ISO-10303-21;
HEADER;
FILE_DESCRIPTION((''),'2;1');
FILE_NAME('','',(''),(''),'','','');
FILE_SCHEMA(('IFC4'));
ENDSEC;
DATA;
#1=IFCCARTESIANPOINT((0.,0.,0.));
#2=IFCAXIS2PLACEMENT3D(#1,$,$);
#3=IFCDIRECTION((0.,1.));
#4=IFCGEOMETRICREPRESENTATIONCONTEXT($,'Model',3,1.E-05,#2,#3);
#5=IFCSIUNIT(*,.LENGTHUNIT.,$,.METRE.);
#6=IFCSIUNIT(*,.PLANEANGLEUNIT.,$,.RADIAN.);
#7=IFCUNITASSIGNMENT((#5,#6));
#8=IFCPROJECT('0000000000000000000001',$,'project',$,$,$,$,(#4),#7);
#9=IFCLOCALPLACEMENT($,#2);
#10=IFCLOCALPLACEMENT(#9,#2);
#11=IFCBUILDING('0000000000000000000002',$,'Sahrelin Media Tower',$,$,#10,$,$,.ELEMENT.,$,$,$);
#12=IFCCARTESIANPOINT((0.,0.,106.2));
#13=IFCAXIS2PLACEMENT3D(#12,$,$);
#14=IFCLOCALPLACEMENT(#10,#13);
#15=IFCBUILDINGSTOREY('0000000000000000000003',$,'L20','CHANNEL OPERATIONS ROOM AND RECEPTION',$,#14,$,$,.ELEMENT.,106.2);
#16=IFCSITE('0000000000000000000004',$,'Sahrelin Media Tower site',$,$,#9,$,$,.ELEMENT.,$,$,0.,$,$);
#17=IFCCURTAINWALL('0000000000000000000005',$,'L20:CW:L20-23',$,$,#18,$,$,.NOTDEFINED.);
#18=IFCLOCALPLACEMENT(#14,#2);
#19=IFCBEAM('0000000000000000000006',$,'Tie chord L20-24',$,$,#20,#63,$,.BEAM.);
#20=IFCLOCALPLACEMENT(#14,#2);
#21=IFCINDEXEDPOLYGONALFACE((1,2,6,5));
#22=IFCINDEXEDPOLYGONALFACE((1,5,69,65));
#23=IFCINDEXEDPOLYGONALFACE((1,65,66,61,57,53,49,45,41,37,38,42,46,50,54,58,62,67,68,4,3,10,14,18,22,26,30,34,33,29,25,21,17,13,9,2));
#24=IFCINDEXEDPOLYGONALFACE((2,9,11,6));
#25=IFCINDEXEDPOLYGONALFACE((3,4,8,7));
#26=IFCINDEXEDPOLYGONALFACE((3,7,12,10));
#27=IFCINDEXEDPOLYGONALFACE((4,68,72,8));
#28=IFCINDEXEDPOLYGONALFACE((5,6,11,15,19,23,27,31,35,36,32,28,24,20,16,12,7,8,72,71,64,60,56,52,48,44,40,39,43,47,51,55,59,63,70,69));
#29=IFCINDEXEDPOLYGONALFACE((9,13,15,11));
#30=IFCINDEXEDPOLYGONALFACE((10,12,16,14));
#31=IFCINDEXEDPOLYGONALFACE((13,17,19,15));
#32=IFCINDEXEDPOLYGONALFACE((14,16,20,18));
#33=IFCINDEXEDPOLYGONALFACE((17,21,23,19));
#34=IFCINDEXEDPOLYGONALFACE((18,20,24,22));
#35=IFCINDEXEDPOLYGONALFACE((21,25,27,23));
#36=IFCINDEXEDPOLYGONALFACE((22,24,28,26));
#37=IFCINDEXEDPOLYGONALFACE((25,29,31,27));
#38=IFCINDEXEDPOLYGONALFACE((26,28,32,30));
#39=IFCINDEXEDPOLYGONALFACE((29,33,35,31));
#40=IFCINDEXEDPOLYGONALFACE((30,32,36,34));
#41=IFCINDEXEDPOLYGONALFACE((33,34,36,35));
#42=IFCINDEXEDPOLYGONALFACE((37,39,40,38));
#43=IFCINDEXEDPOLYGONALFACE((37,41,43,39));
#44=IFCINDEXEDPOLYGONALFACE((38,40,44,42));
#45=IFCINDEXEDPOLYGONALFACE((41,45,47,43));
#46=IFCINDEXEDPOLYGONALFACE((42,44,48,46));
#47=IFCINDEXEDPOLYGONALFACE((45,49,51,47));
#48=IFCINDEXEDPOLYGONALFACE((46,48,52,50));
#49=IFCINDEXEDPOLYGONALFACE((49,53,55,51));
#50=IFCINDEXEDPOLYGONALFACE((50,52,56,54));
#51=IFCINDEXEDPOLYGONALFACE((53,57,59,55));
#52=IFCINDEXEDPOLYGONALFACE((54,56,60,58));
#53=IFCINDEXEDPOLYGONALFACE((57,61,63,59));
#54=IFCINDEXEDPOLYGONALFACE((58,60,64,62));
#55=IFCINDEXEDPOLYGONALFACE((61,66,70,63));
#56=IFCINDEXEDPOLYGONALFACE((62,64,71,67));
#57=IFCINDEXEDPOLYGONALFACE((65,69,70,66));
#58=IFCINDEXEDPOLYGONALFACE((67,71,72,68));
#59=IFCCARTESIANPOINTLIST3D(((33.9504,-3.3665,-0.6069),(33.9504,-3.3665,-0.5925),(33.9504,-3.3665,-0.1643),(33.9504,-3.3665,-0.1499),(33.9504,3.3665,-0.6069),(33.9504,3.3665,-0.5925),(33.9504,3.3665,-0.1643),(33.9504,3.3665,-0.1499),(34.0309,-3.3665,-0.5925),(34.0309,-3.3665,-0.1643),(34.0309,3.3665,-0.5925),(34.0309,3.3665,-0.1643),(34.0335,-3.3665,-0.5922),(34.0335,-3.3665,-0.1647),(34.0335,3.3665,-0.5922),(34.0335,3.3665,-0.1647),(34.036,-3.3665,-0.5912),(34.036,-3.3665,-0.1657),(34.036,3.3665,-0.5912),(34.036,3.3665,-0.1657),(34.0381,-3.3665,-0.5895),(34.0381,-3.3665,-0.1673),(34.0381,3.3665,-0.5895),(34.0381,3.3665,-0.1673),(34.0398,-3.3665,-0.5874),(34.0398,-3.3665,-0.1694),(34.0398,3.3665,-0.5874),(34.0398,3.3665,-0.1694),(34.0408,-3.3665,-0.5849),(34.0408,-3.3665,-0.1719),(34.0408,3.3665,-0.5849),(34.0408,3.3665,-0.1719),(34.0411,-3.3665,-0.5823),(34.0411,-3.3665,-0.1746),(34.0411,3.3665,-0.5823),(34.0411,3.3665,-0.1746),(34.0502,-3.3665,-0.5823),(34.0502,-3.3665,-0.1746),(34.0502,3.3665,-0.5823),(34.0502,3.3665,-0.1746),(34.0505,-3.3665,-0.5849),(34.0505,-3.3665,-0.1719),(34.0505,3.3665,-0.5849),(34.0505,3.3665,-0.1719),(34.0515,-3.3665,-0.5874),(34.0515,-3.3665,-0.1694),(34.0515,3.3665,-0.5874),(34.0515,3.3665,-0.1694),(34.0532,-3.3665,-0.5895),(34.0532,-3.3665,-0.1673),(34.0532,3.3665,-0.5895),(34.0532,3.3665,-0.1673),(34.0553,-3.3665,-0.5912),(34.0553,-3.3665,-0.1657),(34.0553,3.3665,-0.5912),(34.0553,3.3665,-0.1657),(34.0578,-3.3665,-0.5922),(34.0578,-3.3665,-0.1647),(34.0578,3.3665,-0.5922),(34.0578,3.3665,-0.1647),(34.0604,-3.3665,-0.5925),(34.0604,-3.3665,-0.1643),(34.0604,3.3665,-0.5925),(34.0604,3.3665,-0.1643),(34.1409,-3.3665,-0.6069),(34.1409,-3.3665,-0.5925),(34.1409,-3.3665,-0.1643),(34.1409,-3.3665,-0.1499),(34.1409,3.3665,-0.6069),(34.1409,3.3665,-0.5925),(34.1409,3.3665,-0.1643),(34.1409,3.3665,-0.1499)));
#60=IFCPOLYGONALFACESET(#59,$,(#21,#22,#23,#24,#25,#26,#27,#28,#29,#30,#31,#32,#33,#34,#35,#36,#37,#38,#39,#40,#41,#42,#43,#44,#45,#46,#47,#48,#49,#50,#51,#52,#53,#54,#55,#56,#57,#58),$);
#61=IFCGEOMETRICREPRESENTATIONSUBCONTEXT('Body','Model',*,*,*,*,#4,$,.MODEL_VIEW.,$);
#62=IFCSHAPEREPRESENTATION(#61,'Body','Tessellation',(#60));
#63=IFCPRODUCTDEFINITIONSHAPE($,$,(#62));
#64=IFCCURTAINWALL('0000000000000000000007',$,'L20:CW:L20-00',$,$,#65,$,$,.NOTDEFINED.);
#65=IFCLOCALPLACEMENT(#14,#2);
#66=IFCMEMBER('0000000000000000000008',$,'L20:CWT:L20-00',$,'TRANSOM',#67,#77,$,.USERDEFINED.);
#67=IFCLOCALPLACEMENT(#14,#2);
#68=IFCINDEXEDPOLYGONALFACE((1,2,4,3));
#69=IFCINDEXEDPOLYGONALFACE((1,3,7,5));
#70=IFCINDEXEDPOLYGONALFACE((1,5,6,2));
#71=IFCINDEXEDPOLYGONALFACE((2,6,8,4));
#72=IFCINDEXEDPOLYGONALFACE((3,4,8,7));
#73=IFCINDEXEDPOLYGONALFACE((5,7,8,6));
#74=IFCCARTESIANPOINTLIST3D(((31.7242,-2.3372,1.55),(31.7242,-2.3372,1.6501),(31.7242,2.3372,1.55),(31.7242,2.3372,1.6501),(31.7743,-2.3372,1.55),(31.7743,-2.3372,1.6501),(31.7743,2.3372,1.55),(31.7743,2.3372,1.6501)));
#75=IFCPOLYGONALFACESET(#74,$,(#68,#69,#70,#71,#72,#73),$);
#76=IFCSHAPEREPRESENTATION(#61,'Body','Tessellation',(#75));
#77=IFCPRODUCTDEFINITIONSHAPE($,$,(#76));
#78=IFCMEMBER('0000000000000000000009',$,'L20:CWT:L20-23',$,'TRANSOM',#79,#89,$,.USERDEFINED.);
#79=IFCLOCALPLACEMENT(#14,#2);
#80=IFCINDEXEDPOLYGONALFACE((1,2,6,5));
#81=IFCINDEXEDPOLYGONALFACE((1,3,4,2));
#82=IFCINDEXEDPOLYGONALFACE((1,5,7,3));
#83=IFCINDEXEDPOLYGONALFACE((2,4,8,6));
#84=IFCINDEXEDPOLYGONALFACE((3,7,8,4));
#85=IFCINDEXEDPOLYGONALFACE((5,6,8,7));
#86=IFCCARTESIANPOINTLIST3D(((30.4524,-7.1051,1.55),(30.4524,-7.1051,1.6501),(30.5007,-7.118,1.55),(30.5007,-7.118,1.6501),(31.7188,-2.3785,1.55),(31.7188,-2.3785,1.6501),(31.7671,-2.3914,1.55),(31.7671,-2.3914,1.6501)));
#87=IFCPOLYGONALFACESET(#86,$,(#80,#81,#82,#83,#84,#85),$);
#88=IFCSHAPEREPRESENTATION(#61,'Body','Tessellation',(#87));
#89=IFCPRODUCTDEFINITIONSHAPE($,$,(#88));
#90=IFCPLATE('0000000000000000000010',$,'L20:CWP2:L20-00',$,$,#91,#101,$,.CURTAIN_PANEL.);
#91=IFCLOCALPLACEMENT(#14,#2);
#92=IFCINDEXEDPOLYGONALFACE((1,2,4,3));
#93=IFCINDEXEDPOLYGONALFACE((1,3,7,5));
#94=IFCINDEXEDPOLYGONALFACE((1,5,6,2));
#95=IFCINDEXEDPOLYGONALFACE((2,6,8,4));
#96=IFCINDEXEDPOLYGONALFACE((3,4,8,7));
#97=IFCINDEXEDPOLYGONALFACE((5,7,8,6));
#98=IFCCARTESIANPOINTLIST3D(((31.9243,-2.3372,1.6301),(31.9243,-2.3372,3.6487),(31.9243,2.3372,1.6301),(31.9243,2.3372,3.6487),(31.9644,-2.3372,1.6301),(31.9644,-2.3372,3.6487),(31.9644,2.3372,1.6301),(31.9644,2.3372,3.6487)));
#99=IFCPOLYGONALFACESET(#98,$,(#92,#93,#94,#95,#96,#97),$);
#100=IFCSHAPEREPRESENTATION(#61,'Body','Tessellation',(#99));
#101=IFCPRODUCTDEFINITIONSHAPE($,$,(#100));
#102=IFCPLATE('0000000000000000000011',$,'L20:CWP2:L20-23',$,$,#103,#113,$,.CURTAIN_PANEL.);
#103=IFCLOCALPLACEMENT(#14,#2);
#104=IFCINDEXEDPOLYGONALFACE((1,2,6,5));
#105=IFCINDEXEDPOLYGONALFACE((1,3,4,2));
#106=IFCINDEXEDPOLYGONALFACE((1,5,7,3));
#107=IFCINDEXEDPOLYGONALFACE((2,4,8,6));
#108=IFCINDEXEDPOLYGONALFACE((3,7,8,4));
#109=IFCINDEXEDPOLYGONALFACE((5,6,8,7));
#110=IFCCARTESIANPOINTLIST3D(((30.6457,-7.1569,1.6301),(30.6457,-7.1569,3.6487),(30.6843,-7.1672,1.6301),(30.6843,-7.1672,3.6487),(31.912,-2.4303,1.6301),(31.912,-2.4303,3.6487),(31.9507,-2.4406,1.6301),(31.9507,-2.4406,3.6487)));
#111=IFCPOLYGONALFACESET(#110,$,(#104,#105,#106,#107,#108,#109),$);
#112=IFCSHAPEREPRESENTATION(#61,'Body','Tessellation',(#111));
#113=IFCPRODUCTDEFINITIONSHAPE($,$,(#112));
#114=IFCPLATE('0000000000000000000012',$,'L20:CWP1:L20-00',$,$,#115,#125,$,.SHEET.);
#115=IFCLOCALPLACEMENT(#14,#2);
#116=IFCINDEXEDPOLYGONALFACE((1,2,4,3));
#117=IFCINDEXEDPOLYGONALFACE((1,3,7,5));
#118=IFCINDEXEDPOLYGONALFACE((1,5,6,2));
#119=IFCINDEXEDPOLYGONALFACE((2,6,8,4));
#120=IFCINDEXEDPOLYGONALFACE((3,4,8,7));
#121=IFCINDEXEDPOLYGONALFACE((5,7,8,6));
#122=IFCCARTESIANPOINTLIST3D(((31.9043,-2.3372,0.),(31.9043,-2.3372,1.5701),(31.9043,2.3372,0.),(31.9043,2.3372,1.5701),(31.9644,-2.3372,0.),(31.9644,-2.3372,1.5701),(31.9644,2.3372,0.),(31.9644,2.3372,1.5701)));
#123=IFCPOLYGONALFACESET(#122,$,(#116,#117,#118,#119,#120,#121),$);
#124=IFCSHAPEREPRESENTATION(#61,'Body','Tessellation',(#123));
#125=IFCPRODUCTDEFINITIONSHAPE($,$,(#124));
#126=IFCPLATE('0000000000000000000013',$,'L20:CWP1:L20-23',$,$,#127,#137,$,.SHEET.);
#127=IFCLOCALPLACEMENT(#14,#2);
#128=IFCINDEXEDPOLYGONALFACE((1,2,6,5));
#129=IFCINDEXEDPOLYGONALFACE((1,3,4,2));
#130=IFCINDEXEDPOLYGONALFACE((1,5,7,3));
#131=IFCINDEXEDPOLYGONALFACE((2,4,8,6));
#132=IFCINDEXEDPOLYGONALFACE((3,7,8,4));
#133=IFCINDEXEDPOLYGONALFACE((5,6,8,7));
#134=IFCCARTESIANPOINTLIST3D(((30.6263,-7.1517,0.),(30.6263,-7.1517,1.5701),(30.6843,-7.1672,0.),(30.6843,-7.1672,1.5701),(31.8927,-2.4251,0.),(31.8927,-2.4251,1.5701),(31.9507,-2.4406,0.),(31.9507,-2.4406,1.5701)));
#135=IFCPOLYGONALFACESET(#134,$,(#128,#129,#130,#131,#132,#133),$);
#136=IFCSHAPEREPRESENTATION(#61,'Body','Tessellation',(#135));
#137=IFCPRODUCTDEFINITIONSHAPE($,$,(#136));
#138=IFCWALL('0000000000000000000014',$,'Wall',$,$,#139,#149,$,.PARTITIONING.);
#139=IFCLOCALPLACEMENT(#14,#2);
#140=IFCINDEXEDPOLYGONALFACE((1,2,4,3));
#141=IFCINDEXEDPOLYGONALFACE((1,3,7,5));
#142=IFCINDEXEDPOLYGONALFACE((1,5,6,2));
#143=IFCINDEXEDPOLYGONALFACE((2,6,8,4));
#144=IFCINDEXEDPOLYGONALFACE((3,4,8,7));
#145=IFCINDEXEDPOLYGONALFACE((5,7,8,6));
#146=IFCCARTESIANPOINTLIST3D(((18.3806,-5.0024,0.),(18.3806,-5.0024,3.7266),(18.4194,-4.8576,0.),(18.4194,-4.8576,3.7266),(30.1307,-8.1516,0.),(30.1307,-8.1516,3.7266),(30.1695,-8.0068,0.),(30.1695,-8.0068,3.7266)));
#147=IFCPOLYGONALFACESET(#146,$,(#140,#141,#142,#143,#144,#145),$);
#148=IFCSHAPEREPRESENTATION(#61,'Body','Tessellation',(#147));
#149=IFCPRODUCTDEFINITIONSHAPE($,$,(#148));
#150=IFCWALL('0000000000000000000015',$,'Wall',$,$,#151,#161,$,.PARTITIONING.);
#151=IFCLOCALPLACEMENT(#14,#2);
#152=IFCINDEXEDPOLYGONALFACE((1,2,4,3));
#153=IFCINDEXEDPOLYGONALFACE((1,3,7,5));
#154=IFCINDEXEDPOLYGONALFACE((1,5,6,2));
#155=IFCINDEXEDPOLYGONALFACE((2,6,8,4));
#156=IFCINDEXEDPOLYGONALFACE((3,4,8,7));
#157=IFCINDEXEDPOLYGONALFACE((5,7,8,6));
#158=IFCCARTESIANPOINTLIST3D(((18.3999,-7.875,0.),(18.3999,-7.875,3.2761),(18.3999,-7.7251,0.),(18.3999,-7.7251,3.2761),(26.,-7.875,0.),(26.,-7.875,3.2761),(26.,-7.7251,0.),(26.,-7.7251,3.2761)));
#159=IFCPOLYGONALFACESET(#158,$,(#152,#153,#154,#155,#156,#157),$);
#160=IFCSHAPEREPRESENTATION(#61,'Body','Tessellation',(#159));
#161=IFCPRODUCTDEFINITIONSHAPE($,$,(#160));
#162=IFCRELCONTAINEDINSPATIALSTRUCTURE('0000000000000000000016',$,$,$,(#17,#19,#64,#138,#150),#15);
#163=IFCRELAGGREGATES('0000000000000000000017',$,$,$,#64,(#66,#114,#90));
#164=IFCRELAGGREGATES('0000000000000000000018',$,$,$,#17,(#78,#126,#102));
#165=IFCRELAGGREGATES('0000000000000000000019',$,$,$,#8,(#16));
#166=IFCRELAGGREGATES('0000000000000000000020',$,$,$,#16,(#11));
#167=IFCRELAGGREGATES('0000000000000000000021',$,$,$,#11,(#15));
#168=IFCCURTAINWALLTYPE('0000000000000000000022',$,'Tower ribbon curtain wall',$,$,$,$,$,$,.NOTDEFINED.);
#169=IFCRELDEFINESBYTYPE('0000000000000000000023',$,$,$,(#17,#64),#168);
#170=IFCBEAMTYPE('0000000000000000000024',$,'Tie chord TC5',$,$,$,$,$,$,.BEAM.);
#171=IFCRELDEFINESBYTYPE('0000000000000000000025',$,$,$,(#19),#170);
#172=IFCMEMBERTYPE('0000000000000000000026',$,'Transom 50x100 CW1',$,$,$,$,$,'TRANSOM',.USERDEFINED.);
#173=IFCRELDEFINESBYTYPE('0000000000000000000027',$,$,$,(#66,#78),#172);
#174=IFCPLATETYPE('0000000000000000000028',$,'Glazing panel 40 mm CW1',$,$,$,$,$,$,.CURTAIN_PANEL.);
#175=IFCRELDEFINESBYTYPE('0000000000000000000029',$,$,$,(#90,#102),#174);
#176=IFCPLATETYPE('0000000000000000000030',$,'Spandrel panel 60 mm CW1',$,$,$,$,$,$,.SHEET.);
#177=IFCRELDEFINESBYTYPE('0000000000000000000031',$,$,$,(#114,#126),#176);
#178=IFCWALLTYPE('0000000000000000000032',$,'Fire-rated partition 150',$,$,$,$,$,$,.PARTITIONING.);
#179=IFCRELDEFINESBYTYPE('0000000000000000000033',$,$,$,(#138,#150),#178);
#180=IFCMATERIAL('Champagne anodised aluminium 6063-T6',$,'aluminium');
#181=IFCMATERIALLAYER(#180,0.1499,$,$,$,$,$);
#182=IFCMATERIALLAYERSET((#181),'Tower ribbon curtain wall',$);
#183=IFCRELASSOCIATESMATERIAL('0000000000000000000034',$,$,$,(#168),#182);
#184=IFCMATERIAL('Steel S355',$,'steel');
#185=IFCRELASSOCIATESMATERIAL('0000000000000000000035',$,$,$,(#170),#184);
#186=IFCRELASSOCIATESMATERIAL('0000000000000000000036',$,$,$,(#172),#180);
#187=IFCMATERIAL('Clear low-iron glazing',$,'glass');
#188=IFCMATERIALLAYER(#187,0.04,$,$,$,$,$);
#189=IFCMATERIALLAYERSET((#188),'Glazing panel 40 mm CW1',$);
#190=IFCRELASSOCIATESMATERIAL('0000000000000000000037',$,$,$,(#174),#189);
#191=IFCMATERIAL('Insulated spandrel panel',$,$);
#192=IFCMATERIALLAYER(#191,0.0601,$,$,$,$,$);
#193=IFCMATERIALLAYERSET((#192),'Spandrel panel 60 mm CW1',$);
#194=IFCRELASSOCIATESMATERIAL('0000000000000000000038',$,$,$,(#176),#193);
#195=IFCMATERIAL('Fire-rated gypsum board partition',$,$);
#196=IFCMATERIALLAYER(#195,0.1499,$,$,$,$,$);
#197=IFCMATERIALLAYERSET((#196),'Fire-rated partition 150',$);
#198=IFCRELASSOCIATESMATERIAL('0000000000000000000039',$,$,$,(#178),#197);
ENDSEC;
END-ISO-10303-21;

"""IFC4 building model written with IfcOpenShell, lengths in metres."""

from ifc_helpers import new_model, si_unit, direction, frame, frame_2d, origin, origin_2d, place, context, subcontext, project, spatial, polyline, rectangle, i_section, outline, extrude, material, layer, layer_set, material_profile, profile_set, type_object, element, aggregate, save


model = new_model("IFC4")

# Units and contexts
model_context = context("Model", 3, precision=1e-05, world=origin(), true_north=direction((0.0, 1.0)))
body_context = subcontext(model_context, "Body", "Model", "MODEL_VIEW")
ifc_project = project(units=[si_unit("LENGTHUNIT", "METRE"), si_unit("PLANEANGLEUNIT", "RADIAN")], contexts=[model_context])

# Site, building, storey
site_placement = place(None, origin())
site = spatial("IfcSite", under=ifc_project, at=site_placement, Name="Sahrelin Media Tower site", CompositionType="ELEMENT", RefElevation=0.0)
building_placement = place(site_placement, origin())
building = spatial("IfcBuilding", under=site, at=building_placement, Name="Sahrelin Media Tower", CompositionType="ELEMENT")
storey_placement = place(building_placement, frame((0.0, 0.0, 106.2)))
storey = spatial("IfcBuildingStorey", under=building, at=storey_placement, Name="L20", Description="CHANNEL OPERATIONS ROOM AND RECEPTION", CompositionType="ELEMENT", Elevation=106.2)

# Shared definitions
ifc_material_1 = material(Name="Steel S355", Category="steel")

# Curtain wall
ifc_material_2 = material(Name="Champagne anodised aluminium 6063-T6", Category="aluminium")
ifc_layer_1 = layer(ifc_material_2, 0.1499)
ifc_layer_set_1 = layer_set([ifc_layer_1], Name="Tower ribbon curtain wall")
curtain_wall_type = type_object("IfcCurtainWallType", Name="Tower ribbon curtain wall", PredefinedType="NOTDEFINED", material=ifc_layer_set_1)
curtain_wall_1_placement = place(storey_placement, frame((31.2981, -4.7986, 0.0), z_axis=(0.0, 0.0, 1.0), x_axis=(1.0, 0.0, 0.0)))
curtain_wall_1 = element("IfcCurtainWall", 1, at=curtain_wall_1_placement, inside=storey, type_object=curtain_wall_type, Name="L20:CW:L20-23", PredefinedType="NOTDEFINED")

# Beam
ifc_material_profile_1 = material_profile(ifc_material_1, i_section(OverallWidth=0.1904, OverallDepth=0.457, WebThickness=0.009, FlangeThickness=0.0144, FilletRadius=0.0103, at=origin_2d()), Name="UB 457x191x74")
ifc_profile_set_1 = profile_set([ifc_material_profile_1], Name="Steel S355")
beam_type_1 = type_object("IfcBeamType", Name="Tie chord TC5", PredefinedType="BEAM", material=ifc_profile_set_1)
beam_1_placement = place(storey_placement, frame((34.0457, -3.3665, -0.3784), z_axis=(0.0, 1.0, 0.0), x_axis=(-1.0, 0.0, 0.0)))
element("IfcBeam", 2, at=beam_1_placement, inside=storey, type_object=beam_type_1, Name="Tie chord L20-24", PredefinedType="BEAM", context=body_context, shape_type="SweptSolid", body=[
    extrude(i_section(OverallWidth=0.1904, OverallDepth=0.457, WebThickness=0.009, FlangeThickness=0.0144, FilletRadius=0.0103, at=origin_2d()), origin(), (0.0, 0.0, 1.0), 6.7329),
])

# Curtain wall, member
curtain_wall_2_placement = place(storey_placement, frame((31.9443, 0.0, 0.0), z_axis=(0.0, 0.0, 1.0), x_axis=(1.0, 0.0, 0.0)))
curtain_wall_2 = element("IfcCurtainWall", 3, at=curtain_wall_2_placement, inside=storey, type_object=curtain_wall_type, Name="L20:CW:L20-00", PredefinedType="NOTDEFINED")
ifc_material_profile_2 = material_profile(ifc_material_2, rectangle(XDim=0.05, YDim=0.1001, at=origin_2d()), Name="Transom 50x100")
ifc_profile_set_2 = profile_set([ifc_material_profile_2], Name="Champagne anodised aluminium 6063-T6")
member_type_1 = type_object("IfcMemberType", Name="Transom 50x100 CW1", ElementType="TRANSOM", PredefinedType="USERDEFINED", material=ifc_profile_set_2)
member_1_placement = place(storey_placement, frame((31.7493, -2.3372, 1.6001), z_axis=(0.0, 1.0, 0.0), x_axis=(-1.0, 0.0, 0.0)))
member_1 = element("IfcMember", 4, at=member_1_placement, type_object=member_type_1, Name="L20:CWT:L20-00", ObjectType="TRANSOM", PredefinedType="USERDEFINED", context=body_context, shape_type="SweptSolid", body=[
    extrude(rectangle(XDim=0.05, YDim=0.1001, at=origin_2d()), origin(), (0.0, 0.0, 1.0), 4.6743),
])

# Member
member_2_placement = place(storey_placement, frame((30.4766, -7.1116, 1.6001), z_axis=(0.258796, 0.965932, 0.0), x_axis=(-0.965932, 0.258796, 0.0)))
member_2 = element("IfcMember", 5, at=member_2_placement, type_object=member_type_1, Name="L20:CWT:L20-23", ObjectType="TRANSOM", PredefinedType="USERDEFINED", context=body_context, shape_type="SweptSolid", body=[
    extrude(rectangle(XDim=0.05, YDim=0.1001, at=origin_2d()), origin(), (0.0, 0.0, 1.0), 4.8933),
])

# Plates
ifc_material_3 = material(Name="Clear low-iron glazing", Category="glass")
ifc_layer_2 = layer(ifc_material_3, 0.04)
ifc_layer_set_2 = layer_set([ifc_layer_2], Name="Glazing panel 40 mm CW1")
plate_type_1 = type_object("IfcPlateType", Name="Glazing panel 40 mm CW1", PredefinedType="CURTAIN_PANEL", material=ifc_layer_set_2)
plate_1_placement = place(storey_placement, frame((31.9644, -2.3372, 1.6301), z_axis=(1.0, 0.0, 0.0), x_axis=(0.0, 1.0, 0.0)))
plate_1 = element("IfcPlate", 6, at=plate_1_placement, type_object=plate_type_1, Name="L20:CWP2:L20-00", PredefinedType="CURTAIN_PANEL", context=body_context, shape_type="SweptSolid", body=[
    extrude(outline(polyline([(0.0, 0.0), (4.6743, 0.0), (4.6743, 2.0186), (0.0, 2.0186), (0.0, 0.0)])), origin(), (0.0, 0.0, -1.0), 0.04),
])
plate_2_placement = place(storey_placement, frame((30.6843, -7.1672, 1.6301), z_axis=(0.965932, -0.258796, 0.0), x_axis=(0.258796, 0.965932, 0.0)))
plate_2 = element("IfcPlate", 7, at=plate_2_placement, type_object=plate_type_1, Name="L20:CWP2:L20-23", PredefinedType="CURTAIN_PANEL", context=body_context, shape_type="SweptSolid", body=[
    extrude(outline(polyline([(0.0, 0.0), (4.8933, 0.0), (4.8933, 2.0186), (0.0, 2.0186), (0.0, 0.0)])), origin(), (0.0, 0.0, -1.0), 0.04),
])
ifc_material_4 = material(Name="Insulated spandrel panel")
ifc_layer_3 = layer(ifc_material_4, 0.0601)
ifc_layer_set_3 = layer_set([ifc_layer_3], Name="Spandrel panel 60 mm CW1")
plate_type_2 = type_object("IfcPlateType", Name="Spandrel panel 60 mm CW1", PredefinedType="SHEET", material=ifc_layer_set_3)
plate_3_placement = place(storey_placement, frame((31.9644, -2.3372, 0.0), z_axis=(1.0, 0.0, 0.0), x_axis=(0.0, 1.0, 0.0)))
plate_3 = element("IfcPlate", 8, at=plate_3_placement, type_object=plate_type_2, Name="L20:CWP1:L20-00", PredefinedType="SHEET", context=body_context, shape_type="SweptSolid", body=[
    extrude(outline(polyline([(0.0, 0.0), (4.6743, 0.0), (4.6743, 1.5701), (0.0, 1.5701), (0.0, 0.0)])), origin(), (0.0, 0.0, -1.0), 0.0601),
])
aggregate(curtain_wall_2, [member_1, plate_3, plate_1])
plate_4_placement = place(storey_placement, frame((30.6843, -7.1672, 0.0), z_axis=(0.965932, -0.258796, 0.0), x_axis=(0.258796, 0.965932, 0.0)))
plate_4 = element("IfcPlate", 9, at=plate_4_placement, type_object=plate_type_2, Name="L20:CWP1:L20-23", PredefinedType="SHEET", context=body_context, shape_type="SweptSolid", body=[
    extrude(outline(polyline([(0.0, 0.0), (4.8933, 0.0), (4.8933, 1.5701), (0.0, 1.5701), (0.0, 0.0)])), origin(), (0.0, 0.0, -1.0), 0.0601),
])
aggregate(curtain_wall_1, [member_2, plate_4, plate_2])

# Walls
ifc_material_5 = material(Name="Fire-rated gypsum board partition")
ifc_layer_4 = layer(ifc_material_5, 0.1499)
ifc_layer_set_4 = layer_set([ifc_layer_4], Name="Fire-rated partition 150")
wall_type_1 = type_object("IfcWallType", Name="Fire-rated partition 150", PredefinedType="PARTITIONING", material=ifc_layer_set_4)
wall_1_placement = place(storey_placement, frame((18.3999, -4.9299, 0.0), z_axis=(0.0, 0.0, 1.0), x_axis=(0.96591, -0.258878, 0.0)))
element("IfcWall", 10, at=wall_1_placement, inside=storey, type_object=wall_type_1, Name="Wall", PredefinedType="PARTITIONING", context=body_context, shape_type="SweptSolid", body=[
    extrude(rectangle(XDim=12.1648, YDim=0.1499, at=frame_2d((6.0825, 0.0))), origin(), (0.0, 0.0, 1.0), 3.7266),
])
wall_2_placement = place(storey_placement, frame((18.3999, -7.8, 0.0), z_axis=(0.0, 0.0, 1.0), x_axis=(1.0, 0.0, 0.0)))
element("IfcWall", 11, at=wall_2_placement, inside=storey, type_object=wall_type_1, Name="Wall", PredefinedType="PARTITIONING", context=body_context, shape_type="SweptSolid", body=[
    extrude(rectangle(XDim=7.6001, YDim=0.1499, at=frame_2d((3.8, 0.0))), origin(), (0.0, 0.0, 1.0), 3.2761),
])

save(model, "model.ifc")
